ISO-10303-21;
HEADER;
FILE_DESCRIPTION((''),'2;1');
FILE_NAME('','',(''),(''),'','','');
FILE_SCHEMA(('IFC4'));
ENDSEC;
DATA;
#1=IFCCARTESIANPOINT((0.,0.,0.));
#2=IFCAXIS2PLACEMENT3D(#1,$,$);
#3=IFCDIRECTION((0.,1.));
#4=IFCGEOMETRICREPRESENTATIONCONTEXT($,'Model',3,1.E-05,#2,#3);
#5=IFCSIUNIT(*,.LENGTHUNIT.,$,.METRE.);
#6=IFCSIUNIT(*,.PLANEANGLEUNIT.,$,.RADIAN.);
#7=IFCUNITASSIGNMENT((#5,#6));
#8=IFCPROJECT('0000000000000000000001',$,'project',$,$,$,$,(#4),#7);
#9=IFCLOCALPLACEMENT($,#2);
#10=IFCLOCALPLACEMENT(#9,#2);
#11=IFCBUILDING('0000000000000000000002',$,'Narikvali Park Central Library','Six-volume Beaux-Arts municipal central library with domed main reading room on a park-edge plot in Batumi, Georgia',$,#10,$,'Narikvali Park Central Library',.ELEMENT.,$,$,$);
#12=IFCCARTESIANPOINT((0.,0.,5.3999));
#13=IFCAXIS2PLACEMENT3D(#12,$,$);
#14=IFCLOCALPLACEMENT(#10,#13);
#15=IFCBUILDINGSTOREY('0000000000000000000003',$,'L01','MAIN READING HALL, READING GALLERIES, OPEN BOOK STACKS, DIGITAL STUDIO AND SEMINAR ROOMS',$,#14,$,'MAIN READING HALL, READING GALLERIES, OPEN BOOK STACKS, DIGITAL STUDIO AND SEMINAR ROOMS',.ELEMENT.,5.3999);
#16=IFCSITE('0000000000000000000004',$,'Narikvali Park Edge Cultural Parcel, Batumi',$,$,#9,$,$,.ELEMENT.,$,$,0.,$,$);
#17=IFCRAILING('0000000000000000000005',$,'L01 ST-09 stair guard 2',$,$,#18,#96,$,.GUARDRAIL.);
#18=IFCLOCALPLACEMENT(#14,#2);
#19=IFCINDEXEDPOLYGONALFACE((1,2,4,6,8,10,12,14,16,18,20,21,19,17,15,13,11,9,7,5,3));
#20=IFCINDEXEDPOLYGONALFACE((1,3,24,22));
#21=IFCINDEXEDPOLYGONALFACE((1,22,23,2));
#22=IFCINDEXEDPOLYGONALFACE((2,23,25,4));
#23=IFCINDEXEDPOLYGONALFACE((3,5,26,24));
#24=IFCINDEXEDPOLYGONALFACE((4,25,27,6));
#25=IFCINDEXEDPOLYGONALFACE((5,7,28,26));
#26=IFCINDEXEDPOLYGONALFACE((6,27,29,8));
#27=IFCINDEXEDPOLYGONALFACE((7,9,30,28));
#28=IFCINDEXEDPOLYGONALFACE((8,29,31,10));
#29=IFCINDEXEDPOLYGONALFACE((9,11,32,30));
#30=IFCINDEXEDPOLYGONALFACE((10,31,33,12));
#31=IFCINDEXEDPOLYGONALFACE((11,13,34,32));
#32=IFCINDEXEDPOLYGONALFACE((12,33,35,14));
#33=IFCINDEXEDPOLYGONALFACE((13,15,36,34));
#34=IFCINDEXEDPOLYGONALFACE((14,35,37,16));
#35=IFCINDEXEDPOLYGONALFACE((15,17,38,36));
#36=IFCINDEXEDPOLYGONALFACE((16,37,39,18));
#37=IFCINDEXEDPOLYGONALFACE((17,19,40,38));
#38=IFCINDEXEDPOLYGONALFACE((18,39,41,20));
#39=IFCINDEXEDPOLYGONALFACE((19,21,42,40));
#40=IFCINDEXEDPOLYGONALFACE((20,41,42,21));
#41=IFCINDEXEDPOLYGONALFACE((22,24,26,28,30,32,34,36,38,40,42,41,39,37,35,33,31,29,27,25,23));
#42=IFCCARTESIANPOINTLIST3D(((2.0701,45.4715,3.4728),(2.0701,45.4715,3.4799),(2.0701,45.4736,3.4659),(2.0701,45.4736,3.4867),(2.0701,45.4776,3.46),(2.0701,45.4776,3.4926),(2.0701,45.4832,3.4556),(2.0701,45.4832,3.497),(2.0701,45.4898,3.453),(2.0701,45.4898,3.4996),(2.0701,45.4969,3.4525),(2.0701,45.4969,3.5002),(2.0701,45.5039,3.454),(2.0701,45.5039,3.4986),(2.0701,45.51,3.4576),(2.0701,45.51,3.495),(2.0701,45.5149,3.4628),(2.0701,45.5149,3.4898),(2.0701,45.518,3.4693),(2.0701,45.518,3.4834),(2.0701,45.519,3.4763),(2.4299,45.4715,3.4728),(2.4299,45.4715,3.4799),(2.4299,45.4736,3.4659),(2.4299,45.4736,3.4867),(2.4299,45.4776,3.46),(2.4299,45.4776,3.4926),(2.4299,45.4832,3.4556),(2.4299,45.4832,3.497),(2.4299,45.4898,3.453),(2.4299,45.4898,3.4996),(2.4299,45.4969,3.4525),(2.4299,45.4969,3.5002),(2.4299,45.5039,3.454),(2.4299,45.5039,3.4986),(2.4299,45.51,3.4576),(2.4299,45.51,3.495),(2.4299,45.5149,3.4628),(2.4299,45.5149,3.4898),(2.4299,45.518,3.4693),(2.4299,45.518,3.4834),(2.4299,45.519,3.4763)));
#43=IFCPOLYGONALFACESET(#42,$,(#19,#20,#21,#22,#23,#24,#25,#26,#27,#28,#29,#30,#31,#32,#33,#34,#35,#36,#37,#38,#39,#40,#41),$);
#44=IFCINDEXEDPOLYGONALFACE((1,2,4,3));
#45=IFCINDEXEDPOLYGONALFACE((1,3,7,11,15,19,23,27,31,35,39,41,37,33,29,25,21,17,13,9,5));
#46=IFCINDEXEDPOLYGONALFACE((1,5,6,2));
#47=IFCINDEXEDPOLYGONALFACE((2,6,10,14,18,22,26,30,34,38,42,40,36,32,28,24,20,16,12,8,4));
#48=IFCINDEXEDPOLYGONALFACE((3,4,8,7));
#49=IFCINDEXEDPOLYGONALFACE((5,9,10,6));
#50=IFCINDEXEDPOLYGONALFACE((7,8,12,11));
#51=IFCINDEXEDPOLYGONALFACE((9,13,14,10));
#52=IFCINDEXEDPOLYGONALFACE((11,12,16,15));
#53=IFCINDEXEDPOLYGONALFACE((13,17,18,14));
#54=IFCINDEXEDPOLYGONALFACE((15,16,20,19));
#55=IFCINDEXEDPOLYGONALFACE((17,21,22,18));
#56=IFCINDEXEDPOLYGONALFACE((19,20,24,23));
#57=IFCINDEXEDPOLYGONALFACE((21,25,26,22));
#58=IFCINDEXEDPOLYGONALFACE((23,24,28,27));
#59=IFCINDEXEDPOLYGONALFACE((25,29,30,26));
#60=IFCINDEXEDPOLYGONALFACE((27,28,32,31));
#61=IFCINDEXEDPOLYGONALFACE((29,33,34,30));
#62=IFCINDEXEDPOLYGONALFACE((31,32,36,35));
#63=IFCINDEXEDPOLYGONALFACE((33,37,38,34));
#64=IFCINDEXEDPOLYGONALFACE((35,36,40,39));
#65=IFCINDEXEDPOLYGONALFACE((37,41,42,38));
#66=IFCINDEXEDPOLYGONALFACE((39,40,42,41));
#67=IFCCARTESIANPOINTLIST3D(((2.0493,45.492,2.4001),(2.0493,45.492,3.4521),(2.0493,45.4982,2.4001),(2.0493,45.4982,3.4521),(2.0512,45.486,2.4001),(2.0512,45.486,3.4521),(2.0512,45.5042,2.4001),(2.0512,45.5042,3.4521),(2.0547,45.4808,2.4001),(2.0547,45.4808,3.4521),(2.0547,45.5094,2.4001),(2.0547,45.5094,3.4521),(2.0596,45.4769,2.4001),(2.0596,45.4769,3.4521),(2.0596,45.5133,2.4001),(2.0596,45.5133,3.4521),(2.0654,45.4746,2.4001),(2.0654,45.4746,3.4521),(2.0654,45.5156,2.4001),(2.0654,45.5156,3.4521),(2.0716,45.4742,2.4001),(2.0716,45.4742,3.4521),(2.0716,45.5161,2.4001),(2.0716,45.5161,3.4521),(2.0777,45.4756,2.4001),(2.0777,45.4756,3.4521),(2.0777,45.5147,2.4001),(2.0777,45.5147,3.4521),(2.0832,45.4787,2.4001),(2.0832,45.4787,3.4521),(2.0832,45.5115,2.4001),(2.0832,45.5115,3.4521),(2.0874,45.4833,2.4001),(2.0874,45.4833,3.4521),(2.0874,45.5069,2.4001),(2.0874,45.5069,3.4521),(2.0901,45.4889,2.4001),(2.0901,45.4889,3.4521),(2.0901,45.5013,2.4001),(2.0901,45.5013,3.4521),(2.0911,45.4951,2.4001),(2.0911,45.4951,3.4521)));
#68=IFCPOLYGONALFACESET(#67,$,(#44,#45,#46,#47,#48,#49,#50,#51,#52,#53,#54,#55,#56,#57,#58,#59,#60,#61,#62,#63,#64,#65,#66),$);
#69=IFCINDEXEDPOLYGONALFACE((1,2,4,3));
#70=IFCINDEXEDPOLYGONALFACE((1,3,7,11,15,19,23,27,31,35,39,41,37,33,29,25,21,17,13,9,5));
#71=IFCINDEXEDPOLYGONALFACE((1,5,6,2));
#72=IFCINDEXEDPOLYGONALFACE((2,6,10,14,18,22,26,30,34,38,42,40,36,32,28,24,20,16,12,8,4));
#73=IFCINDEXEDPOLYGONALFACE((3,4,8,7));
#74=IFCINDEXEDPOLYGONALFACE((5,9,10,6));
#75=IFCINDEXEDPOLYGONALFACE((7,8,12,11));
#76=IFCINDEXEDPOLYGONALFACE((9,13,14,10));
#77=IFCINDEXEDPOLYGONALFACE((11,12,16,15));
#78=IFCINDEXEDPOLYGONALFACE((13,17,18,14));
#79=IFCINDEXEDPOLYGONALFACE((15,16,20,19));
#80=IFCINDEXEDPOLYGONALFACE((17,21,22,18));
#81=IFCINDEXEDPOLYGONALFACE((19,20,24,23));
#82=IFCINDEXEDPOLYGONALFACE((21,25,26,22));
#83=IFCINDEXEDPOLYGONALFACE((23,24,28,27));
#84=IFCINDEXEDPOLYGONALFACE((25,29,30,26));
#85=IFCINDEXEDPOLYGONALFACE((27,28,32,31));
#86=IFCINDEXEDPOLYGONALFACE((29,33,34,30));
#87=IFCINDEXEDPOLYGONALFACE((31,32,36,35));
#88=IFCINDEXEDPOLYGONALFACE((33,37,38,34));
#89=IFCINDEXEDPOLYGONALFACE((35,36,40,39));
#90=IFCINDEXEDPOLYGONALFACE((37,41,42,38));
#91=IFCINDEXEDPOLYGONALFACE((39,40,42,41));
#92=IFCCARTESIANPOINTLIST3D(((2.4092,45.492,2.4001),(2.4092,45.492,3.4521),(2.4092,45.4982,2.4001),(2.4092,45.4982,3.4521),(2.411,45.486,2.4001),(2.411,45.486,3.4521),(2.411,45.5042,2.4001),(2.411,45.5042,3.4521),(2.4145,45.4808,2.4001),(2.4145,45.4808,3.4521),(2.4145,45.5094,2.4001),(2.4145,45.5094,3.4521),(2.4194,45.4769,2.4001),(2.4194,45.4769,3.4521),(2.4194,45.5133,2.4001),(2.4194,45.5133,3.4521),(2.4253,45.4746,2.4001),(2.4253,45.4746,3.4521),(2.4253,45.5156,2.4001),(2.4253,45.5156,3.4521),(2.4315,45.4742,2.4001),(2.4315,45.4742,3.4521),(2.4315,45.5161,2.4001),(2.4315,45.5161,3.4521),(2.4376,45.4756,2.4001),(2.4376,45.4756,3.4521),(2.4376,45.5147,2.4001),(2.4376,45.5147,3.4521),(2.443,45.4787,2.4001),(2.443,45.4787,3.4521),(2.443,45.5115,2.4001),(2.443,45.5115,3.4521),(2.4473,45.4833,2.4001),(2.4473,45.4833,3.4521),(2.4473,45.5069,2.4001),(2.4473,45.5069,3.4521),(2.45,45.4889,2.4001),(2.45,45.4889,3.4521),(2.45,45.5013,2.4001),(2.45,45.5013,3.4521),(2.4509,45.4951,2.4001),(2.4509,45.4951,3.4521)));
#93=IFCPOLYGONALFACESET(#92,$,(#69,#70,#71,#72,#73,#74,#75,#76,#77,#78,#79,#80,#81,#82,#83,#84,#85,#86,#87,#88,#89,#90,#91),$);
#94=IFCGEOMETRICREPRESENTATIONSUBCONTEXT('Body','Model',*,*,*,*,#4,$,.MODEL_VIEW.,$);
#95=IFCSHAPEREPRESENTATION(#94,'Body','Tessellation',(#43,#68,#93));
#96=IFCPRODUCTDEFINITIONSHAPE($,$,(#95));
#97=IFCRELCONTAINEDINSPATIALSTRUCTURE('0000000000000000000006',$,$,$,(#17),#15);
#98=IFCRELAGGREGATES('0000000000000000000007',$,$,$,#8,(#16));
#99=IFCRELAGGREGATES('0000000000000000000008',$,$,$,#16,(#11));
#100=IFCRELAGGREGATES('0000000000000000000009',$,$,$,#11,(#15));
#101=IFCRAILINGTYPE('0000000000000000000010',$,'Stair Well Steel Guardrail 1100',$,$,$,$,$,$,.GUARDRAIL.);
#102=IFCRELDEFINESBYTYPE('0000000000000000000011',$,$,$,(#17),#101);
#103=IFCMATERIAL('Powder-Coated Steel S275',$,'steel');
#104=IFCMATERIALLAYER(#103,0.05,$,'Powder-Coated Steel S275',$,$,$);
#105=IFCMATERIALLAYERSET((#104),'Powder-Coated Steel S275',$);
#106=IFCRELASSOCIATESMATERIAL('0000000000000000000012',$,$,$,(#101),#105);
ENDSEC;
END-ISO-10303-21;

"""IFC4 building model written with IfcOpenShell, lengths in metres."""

from ifc_helpers import new_model, si_unit, direction, frame, origin, origin_2d, place, context, subcontext, project, spatial, circle, extrude, material, layer, layer_set, type_object, element, save


model = new_model("IFC4")

# Units and contexts
model_context = context("Model", 3, precision=1e-05, world=origin(), true_north=direction((0.0, 1.0)))
body_context = subcontext(model_context, "Body", "Model", "MODEL_VIEW")
ifc_project = project(units=[si_unit("LENGTHUNIT", "METRE"), si_unit("PLANEANGLEUNIT", "RADIAN")], contexts=[model_context])

# Site, building, storey
site_placement = place(None, origin())
site = spatial("IfcSite", under=ifc_project, at=site_placement, Name="Narikvali Park Edge Cultural Parcel, Batumi", CompositionType="ELEMENT", RefElevation=0.0)
building_placement = place(site_placement, origin())
building = spatial("IfcBuilding", under=site, at=building_placement, Name="Narikvali Park Central Library", Description="Six-volume Beaux-Arts municipal central library with domed main reading room on a park-edge plot in Batumi, Georgia", LongName="Narikvali Park Central Library", CompositionType="ELEMENT")
storey_placement = place(building_placement, frame((0.0, 0.0, 5.3999)))
storey = spatial("IfcBuildingStorey", under=building, at=storey_placement, Name="L01", Description="MAIN READING HALL, READING GALLERIES, OPEN BOOK STACKS, DIGITAL STUDIO AND SEMINAR ROOMS", LongName="MAIN READING HALL, READING GALLERIES, OPEN BOOK STACKS, DIGITAL STUDIO AND SEMINAR ROOMS", CompositionType="ELEMENT", Elevation=5.3999)

# Railing
ifc_material_1 = material(Name="Powder-Coated Steel S275", Category="steel")
ifc_layer_1 = layer(ifc_material_1, 0.05, Name="Powder-Coated Steel S275")
ifc_layer_set_1 = layer_set([ifc_layer_1], Name="Powder-Coated Steel S275")
railing_type_1 = type_object("IfcRailingType", Name="Stair Well Steel Guardrail 1100", PredefinedType="GUARDRAIL", material=ifc_layer_set_1)
railing_1_placement = place(storey_placement, frame((2.0701, 45.4951, 2.4001)))
element("IfcRailing", 1, at=railing_1_placement, inside=storey, type_object=railing_type_1, Name="L01 ST-09 stair guard 2", PredefinedType="GUARDRAIL", context=body_context, shape_type="SweptSolid", body=[
    extrude(circle(Radius=0.0239, at=origin_2d()), frame((0.0, 0.0, 1.0762), z_axis=(1.0, 0.0, 0.0), x_axis=(0.0, 1.0, 0.0)), (0.0, 0.0, 1.0), 0.3599),
    extrude(circle(Radius=0.021, at=origin_2d()), origin(), (0.0, 0.0, 1.0), 1.052),
    extrude(circle(Radius=0.021, at=origin_2d()), frame((0.3599, 0.0, 0.0)), (0.0, 0.0, 1.0), 1.052),
])

save(model, "model.ifc")
